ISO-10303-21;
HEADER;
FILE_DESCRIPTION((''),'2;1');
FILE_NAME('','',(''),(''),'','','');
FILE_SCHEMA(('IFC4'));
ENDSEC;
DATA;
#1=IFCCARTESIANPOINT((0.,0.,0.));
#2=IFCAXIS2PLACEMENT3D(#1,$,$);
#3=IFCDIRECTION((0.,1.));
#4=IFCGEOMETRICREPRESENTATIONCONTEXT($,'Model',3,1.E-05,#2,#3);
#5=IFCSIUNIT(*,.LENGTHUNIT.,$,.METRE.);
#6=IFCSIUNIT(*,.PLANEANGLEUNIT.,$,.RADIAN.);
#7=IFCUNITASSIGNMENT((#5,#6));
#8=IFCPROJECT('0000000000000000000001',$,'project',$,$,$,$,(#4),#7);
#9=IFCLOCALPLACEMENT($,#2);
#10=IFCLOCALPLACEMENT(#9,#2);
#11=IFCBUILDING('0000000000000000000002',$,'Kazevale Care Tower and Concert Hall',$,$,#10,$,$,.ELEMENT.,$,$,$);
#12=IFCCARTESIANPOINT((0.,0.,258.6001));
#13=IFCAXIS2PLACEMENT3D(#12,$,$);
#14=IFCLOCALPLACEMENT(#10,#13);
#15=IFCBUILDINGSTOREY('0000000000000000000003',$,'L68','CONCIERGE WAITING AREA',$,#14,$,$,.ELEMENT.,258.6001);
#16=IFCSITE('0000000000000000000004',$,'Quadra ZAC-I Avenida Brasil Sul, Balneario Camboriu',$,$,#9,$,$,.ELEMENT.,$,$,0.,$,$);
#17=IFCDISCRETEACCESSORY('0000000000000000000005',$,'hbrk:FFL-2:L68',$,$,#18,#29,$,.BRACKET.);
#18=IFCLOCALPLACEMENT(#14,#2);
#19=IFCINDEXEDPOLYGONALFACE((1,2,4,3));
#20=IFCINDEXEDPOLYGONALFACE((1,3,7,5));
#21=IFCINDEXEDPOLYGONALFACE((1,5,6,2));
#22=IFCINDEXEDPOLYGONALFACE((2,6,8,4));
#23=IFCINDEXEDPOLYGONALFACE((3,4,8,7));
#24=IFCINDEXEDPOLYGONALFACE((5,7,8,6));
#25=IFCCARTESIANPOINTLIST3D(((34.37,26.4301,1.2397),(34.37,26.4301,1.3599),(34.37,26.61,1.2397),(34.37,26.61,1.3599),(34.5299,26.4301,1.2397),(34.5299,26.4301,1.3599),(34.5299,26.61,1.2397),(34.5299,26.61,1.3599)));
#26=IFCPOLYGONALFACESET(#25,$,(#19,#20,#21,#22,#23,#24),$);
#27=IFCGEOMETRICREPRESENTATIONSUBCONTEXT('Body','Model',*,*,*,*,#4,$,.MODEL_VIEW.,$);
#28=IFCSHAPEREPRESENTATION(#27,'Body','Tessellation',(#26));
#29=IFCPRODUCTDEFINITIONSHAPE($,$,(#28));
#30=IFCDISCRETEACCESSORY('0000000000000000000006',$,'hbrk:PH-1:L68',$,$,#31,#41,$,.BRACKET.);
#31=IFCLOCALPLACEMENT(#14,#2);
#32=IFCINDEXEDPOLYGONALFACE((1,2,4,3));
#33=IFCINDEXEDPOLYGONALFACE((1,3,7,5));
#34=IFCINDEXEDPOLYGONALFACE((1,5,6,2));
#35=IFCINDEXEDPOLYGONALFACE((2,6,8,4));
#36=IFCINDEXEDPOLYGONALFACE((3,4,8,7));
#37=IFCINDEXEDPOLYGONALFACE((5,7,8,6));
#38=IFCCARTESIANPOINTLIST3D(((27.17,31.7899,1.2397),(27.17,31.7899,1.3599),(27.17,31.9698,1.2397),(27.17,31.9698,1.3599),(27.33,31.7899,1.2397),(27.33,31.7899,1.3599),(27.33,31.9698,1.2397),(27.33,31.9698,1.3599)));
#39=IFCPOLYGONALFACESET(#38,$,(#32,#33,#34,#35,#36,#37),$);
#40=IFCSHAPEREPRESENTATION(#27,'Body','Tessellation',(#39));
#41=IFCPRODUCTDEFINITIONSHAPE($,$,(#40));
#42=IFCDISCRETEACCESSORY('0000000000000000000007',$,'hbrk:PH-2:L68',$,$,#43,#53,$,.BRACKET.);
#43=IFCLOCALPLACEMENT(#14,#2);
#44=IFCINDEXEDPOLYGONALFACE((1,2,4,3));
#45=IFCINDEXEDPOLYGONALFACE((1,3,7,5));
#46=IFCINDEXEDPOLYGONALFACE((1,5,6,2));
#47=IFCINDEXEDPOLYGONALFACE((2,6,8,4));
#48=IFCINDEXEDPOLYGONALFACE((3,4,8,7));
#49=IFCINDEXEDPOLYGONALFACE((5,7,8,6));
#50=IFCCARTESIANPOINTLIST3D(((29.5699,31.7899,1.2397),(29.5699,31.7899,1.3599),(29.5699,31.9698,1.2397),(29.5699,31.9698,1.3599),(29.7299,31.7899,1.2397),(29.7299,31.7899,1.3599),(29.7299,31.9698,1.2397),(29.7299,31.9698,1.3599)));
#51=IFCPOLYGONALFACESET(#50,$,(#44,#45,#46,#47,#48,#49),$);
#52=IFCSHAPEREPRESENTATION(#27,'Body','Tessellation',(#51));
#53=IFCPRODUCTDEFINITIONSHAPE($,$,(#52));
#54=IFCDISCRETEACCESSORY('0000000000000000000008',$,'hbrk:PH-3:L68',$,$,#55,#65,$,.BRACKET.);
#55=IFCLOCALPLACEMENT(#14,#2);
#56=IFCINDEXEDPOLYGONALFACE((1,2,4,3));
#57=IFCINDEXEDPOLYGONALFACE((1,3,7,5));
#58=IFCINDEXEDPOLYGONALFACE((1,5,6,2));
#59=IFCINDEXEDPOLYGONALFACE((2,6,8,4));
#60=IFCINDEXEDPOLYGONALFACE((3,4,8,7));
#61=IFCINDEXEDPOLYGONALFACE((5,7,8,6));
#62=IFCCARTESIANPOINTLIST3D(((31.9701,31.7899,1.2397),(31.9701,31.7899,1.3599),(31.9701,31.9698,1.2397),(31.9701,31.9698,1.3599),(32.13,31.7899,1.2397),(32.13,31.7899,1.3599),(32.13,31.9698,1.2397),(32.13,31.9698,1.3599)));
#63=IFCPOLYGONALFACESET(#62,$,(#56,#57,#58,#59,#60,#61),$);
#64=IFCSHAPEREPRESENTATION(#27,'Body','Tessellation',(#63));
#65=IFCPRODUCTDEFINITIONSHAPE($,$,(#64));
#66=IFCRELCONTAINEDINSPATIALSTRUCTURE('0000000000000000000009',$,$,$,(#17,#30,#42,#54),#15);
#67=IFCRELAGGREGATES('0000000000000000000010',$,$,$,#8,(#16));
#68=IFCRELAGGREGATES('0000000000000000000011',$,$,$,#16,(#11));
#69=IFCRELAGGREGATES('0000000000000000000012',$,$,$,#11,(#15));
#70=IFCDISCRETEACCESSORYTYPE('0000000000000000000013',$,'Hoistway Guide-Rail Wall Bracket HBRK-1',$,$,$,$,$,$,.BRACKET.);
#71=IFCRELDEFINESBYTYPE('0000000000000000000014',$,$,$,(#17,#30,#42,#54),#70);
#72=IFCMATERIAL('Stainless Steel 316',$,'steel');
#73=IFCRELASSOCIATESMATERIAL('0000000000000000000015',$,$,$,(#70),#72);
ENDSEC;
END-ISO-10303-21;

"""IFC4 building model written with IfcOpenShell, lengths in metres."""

from ifc_helpers import new_model, si_unit, direction, frame, origin, origin_2d, place, context, subcontext, project, spatial, rectangle, extrude, material, type_object, element, save


model = new_model("IFC4")

# Units and contexts
model_context = context("Model", 3, precision=1e-05, world=origin(), true_north=direction((0.0, 1.0)))
body_context = subcontext(model_context, "Body", "Model", "MODEL_VIEW")
ifc_project = project(units=[si_unit("LENGTHUNIT", "METRE"), si_unit("PLANEANGLEUNIT", "RADIAN")], contexts=[model_context])

# Site, building, storey
site_placement = place(None, origin())
site = spatial("IfcSite", under=ifc_project, at=site_placement, Name="Quadra ZAC-I Avenida Brasil Sul, Balneario Camboriu", CompositionType="ELEMENT", RefElevation=0.0)
building_placement = place(site_placement, origin())
building = spatial("IfcBuilding", under=site, at=building_placement, Name="Kazevale Care Tower and Concert Hall", CompositionType="ELEMENT")
storey_placement = place(building_placement, frame((0.0, 0.0, 258.6001)))
storey = spatial("IfcBuildingStorey", under=building, at=storey_placement, Name="L68", Description="CONCIERGE WAITING AREA", CompositionType="ELEMENT", Elevation=258.6001)

# Shared definitions
ifc_material_1 = material(Name="Stainless Steel 316", Category="steel")

# Discrete accessories
discrete_accessory_type = type_object("IfcDiscreteAccessoryType", Name="Hoistway Guide-Rail Wall Bracket HBRK-1", PredefinedType="BRACKET", material=ifc_material_1)
for number, where, z_axis, x_axis, name in (
    (1, (34.45, 26.52, 1.2397), (0.0, 0.0, 1.0), (1.0, 0.0, 0.0), "hbrk:FFL-2:L68"),
    (2, (27.25, 31.8799, 1.2397), (0.0, 0.0, 1.0), (1.0, 0.0, 0.0), "hbrk:PH-1:L68"),
    (3, (29.6499, 31.8799, 1.2397), (0.0, 0.0, 1.0), (1.0, 0.0, 0.0), "hbrk:PH-2:L68"),
    (4, (32.05, 31.8799, 1.2397), (0.0, 0.0, 1.0), (1.0, 0.0, 0.0), "hbrk:PH-3:L68"),
):
    element("IfcDiscreteAccessory", number, at=place(storey_placement, frame(where, z_axis=z_axis, x_axis=x_axis)), inside=storey, type_object=discrete_accessory_type, Name=name, PredefinedType="BRACKET", context=body_context, shape_type="SweptSolid", body=[
        extrude(rectangle(XDim=0.1599, YDim=0.1799, at=origin_2d()), origin(), (0.0, 0.0, 1.0), 0.1201),
    ])

save(model, "model.ifc")
